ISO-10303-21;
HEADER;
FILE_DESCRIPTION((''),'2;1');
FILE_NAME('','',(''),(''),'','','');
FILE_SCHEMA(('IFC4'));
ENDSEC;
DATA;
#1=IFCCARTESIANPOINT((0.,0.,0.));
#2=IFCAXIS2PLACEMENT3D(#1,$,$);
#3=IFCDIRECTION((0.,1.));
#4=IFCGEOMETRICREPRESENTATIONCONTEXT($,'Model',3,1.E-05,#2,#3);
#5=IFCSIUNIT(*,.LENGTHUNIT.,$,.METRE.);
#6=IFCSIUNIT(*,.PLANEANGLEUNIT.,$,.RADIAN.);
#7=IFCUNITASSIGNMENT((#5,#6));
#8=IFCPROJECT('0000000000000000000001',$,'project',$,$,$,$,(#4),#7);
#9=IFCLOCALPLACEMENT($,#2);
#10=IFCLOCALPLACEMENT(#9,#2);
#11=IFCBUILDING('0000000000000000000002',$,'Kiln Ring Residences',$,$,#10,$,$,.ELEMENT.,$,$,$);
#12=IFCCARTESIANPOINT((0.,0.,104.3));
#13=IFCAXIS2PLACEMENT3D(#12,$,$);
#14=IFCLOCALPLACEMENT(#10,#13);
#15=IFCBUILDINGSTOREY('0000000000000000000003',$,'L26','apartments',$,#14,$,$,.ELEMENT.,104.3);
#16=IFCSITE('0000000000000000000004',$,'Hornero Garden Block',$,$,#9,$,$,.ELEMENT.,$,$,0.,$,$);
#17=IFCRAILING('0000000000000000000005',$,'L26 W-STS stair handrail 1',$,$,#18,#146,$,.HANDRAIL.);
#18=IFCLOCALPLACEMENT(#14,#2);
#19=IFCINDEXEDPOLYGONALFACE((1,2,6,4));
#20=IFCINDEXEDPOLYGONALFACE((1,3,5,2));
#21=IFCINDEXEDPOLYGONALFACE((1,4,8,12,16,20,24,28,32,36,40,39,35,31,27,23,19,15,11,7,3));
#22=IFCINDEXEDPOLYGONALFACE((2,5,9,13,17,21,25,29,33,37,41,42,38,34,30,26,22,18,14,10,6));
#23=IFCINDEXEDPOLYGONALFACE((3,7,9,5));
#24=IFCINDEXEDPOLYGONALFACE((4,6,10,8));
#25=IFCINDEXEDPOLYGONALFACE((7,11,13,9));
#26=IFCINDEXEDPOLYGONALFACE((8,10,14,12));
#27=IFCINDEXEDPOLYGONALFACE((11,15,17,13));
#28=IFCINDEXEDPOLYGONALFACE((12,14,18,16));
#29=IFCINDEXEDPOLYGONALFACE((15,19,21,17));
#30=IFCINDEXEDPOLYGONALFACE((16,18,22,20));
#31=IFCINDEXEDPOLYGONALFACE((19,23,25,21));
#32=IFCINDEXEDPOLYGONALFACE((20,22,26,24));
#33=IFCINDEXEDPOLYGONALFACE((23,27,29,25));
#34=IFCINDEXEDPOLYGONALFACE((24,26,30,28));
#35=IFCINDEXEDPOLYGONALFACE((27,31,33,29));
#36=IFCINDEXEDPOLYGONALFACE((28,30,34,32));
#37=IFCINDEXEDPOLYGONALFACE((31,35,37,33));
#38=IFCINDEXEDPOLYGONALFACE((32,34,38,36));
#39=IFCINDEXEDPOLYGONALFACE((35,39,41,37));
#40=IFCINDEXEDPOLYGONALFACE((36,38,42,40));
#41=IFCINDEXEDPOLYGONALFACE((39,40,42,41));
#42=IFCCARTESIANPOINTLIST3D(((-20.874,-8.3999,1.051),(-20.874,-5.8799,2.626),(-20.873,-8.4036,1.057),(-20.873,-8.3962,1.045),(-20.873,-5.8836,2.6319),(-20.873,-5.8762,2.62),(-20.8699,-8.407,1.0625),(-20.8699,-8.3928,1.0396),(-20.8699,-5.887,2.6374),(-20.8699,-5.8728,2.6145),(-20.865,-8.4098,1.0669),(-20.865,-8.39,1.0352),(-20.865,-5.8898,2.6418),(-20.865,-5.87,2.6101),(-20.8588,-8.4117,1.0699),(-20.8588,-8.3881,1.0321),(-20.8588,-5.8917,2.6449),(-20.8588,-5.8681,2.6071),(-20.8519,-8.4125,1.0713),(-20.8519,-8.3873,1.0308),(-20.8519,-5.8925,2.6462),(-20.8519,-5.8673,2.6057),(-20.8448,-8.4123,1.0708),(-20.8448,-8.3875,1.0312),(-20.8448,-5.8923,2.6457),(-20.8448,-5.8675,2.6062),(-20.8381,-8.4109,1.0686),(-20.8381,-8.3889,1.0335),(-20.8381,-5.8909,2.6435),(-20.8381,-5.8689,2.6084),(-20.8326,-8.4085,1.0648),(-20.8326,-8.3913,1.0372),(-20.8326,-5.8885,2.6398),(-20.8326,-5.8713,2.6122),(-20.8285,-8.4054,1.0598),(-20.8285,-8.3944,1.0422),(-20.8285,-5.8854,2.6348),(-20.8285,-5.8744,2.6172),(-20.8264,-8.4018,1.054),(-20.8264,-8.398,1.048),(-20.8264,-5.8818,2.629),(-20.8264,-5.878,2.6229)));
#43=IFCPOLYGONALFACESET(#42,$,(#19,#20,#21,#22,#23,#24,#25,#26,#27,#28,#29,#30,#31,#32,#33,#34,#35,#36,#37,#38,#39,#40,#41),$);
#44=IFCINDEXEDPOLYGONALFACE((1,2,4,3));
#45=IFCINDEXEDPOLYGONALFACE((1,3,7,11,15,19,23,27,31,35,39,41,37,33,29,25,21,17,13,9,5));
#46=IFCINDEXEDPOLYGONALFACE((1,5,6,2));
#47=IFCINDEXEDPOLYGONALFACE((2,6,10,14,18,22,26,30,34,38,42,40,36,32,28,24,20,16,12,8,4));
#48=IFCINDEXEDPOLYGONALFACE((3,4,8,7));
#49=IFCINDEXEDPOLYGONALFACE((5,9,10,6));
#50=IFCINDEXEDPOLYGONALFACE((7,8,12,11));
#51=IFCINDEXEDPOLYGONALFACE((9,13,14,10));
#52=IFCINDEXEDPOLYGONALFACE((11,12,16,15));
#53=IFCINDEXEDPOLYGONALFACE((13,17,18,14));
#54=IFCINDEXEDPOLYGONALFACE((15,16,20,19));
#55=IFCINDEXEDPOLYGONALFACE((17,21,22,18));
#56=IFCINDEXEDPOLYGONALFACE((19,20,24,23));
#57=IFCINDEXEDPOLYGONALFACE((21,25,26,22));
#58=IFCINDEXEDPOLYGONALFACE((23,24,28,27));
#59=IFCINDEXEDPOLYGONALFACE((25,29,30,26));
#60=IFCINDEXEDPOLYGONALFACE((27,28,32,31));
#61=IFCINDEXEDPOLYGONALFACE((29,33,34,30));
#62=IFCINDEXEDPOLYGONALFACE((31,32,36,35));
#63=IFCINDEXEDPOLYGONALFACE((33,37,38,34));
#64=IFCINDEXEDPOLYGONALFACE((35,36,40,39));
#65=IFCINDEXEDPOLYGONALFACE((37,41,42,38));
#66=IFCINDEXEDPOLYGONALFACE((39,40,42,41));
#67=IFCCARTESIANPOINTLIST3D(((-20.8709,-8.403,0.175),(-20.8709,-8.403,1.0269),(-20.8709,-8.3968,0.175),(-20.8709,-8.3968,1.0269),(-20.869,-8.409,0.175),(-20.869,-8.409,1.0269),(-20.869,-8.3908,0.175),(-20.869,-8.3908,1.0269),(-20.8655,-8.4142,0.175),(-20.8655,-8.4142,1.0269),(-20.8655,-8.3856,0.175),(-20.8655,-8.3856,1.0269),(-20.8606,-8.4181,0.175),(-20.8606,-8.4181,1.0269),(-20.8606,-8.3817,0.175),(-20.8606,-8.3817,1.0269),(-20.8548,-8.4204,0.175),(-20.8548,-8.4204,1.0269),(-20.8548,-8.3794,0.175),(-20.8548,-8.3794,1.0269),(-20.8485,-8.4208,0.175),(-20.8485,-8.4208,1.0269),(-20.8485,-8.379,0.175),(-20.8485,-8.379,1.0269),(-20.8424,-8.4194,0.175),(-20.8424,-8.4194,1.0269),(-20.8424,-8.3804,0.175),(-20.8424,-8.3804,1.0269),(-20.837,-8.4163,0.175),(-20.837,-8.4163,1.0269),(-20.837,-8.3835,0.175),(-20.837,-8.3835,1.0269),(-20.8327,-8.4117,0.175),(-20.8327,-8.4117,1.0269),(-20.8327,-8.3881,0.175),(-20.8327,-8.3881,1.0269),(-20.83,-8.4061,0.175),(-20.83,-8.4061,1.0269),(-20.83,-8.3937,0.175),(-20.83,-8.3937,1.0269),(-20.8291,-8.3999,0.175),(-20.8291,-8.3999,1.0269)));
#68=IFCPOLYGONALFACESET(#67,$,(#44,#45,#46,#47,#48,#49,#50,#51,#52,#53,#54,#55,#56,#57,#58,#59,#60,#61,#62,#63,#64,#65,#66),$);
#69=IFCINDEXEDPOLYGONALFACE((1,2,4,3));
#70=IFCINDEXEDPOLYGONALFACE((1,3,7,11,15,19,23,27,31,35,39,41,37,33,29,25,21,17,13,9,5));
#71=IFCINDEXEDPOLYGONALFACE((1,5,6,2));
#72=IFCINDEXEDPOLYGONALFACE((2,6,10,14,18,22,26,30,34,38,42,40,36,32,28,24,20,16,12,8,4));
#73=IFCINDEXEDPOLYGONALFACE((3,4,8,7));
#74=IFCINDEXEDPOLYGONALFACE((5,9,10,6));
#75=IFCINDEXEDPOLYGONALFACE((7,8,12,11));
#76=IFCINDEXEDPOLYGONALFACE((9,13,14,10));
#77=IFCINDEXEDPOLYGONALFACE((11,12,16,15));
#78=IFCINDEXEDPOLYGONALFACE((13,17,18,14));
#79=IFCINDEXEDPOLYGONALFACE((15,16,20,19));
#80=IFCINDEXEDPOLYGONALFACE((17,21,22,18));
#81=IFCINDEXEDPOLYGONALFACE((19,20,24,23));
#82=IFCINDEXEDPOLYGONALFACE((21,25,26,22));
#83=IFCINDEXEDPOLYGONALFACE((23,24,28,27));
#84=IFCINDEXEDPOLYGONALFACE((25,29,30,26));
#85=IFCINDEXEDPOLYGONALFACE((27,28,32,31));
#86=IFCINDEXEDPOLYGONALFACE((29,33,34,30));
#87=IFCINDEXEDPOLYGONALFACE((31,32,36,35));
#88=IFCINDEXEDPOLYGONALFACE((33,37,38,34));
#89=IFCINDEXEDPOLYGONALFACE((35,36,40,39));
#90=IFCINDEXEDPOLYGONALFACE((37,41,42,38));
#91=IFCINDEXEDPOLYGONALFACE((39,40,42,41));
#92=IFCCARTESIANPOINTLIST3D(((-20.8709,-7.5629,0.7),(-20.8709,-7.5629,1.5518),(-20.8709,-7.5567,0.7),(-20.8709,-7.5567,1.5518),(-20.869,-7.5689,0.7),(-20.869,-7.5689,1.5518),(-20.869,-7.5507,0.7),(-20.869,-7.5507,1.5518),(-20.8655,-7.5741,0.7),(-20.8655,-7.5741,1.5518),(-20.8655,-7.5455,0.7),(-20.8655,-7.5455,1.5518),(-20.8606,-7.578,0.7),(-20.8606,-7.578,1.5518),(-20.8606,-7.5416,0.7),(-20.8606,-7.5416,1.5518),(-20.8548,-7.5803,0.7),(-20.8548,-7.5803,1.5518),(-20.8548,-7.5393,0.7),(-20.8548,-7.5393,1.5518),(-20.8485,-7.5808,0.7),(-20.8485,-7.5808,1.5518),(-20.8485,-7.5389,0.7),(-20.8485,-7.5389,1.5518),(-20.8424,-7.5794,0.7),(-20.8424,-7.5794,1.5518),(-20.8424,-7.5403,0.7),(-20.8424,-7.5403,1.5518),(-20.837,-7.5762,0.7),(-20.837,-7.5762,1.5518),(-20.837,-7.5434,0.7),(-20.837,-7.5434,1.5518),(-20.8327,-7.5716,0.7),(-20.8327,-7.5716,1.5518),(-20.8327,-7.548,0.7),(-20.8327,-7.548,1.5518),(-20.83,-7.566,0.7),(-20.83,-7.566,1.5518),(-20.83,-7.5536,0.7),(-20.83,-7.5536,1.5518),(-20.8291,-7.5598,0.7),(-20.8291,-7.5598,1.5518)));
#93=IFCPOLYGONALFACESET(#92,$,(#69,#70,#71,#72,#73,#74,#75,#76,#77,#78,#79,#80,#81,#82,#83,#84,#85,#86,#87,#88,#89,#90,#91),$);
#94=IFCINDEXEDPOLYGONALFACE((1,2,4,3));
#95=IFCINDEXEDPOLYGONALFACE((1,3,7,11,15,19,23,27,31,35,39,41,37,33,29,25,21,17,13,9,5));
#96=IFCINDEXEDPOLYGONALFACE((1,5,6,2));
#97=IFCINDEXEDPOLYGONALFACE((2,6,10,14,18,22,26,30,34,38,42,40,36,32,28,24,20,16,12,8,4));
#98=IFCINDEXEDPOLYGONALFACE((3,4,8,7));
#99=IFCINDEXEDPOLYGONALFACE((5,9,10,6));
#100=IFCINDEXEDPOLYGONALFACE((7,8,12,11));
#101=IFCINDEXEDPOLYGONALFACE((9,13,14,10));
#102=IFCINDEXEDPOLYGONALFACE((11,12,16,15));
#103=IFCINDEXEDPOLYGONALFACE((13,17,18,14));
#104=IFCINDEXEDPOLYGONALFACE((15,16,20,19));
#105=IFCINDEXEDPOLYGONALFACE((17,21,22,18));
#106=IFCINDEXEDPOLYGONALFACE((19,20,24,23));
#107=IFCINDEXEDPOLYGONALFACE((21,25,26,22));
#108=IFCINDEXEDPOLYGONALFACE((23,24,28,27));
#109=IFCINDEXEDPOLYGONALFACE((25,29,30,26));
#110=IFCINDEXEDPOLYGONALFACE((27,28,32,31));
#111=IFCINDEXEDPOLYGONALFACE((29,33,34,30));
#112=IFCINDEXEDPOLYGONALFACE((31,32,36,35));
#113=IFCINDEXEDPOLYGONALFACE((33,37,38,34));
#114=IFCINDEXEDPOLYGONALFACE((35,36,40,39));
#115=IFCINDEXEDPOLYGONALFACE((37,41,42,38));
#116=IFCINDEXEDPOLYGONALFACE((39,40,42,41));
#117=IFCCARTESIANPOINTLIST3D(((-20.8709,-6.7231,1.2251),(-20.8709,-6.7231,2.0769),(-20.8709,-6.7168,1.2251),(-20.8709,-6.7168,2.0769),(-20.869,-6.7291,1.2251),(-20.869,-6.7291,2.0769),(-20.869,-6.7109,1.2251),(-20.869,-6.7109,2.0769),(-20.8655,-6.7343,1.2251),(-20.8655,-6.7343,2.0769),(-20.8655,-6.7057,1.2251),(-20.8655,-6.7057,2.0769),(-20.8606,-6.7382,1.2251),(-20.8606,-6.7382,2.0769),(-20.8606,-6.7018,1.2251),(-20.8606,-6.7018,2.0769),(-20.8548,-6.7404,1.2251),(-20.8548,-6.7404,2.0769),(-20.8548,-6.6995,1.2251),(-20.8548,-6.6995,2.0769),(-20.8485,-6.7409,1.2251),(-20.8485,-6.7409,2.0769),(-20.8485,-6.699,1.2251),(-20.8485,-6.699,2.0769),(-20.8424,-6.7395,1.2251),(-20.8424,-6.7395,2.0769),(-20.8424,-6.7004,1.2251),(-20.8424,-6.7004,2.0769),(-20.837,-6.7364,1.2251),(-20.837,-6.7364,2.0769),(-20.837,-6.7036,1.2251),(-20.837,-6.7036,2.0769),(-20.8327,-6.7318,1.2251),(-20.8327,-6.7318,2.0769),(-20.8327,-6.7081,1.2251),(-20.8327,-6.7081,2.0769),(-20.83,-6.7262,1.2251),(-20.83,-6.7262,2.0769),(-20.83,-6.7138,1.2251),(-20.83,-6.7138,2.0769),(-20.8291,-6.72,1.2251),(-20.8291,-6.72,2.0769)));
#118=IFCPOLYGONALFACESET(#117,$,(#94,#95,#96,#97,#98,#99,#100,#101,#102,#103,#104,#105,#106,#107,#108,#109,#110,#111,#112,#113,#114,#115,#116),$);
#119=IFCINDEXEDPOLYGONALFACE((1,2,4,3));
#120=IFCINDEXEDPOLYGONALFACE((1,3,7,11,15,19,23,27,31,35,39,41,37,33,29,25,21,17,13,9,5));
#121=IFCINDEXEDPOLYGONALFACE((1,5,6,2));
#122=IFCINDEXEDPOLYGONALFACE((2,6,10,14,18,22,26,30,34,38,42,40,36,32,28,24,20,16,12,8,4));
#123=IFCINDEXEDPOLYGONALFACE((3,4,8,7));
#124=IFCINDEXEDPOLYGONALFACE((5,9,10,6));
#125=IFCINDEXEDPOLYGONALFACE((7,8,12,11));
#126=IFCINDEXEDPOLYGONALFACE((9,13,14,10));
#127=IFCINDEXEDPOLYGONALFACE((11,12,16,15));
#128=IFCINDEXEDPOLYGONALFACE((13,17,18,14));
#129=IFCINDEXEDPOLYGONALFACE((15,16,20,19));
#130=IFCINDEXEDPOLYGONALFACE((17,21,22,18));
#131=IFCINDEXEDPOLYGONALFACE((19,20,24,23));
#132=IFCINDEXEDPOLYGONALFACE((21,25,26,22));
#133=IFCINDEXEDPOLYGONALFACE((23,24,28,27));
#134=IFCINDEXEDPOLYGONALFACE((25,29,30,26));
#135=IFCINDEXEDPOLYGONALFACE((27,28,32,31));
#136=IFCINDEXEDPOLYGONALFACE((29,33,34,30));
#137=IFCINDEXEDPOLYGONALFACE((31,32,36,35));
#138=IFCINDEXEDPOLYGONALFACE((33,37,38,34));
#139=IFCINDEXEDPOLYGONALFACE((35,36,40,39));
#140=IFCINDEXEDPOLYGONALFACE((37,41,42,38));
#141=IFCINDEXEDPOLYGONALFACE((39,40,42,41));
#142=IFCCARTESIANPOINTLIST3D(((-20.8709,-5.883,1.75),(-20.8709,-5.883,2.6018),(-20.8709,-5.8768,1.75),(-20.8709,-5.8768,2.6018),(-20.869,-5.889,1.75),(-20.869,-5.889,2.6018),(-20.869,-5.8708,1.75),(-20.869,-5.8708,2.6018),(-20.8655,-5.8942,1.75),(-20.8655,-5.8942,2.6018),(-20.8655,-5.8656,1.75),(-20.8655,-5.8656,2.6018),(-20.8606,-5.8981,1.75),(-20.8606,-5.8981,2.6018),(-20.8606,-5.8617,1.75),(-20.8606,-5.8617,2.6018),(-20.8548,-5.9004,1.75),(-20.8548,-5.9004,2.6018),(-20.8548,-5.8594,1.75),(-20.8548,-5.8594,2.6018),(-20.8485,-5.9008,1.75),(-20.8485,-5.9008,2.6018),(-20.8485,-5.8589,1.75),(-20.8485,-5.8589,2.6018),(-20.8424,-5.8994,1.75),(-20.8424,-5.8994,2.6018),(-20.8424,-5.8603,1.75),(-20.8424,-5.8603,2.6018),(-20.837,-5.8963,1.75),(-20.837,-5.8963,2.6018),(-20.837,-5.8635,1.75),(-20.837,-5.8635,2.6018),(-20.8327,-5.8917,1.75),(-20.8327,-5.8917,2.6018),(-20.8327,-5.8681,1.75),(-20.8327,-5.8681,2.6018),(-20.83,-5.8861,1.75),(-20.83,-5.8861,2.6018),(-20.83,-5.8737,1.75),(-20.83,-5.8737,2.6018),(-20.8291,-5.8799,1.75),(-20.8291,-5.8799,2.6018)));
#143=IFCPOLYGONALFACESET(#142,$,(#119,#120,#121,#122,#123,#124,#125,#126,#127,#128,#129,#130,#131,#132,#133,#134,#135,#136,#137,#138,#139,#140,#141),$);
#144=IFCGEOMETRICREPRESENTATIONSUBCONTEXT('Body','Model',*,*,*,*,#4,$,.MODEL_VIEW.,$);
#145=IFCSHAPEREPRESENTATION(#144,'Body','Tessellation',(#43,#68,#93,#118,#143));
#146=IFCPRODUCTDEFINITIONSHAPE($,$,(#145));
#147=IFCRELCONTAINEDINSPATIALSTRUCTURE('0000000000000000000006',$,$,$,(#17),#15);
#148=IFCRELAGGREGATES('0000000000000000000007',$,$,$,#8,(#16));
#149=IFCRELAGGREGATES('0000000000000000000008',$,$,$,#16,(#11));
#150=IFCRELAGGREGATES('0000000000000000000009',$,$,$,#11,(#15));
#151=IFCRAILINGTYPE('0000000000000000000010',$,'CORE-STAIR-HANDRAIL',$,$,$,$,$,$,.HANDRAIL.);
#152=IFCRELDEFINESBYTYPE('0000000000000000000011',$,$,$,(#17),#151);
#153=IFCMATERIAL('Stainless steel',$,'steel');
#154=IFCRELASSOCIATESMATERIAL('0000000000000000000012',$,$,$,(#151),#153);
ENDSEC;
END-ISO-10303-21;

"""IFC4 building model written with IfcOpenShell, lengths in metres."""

from ifc_helpers import new_model, si_unit, direction, frame, origin, origin_2d, place, context, subcontext, project, spatial, circle, extrude, material, type_object, element, save


model = new_model("IFC4")

# Units and contexts
model_context = context("Model", 3, precision=1e-05, world=origin(), true_north=direction((0.0, 1.0)))
body_context = subcontext(model_context, "Body", "Model", "MODEL_VIEW")
ifc_project = project(units=[si_unit("LENGTHUNIT", "METRE"), si_unit("PLANEANGLEUNIT", "RADIAN")], contexts=[model_context])

# Site, building, storey
site_placement = place(None, origin())
site = spatial("IfcSite", under=ifc_project, at=site_placement, Name="Hornero Garden Block", CompositionType="ELEMENT", RefElevation=0.0)
building_placement = place(site_placement, origin())
building = spatial("IfcBuilding", under=site, at=building_placement, Name="Kiln Ring Residences", CompositionType="ELEMENT")
storey_placement = place(building_placement, frame((0.0, 0.0, 104.3)))
storey = spatial("IfcBuildingStorey", under=building, at=storey_placement, Name="L26", Description="apartments", CompositionType="ELEMENT", Elevation=104.3)

# Railing
ifc_material_1 = material(Name="Stainless steel", Category="steel")
railing_type_1 = type_object("IfcRailingType", Name="CORE-STAIR-HANDRAIL", PredefinedType="HANDRAIL", material=ifc_material_1)
railing_1_placement = place(storey_placement, frame((-20.8501, -8.3999, 0.175)))
element("IfcRailing", 1, at=railing_1_placement, inside=storey, type_object=railing_type_1, Name="L26 W-STS stair handrail 1", PredefinedType="HANDRAIL", context=body_context, shape_type="SweptSolid", body=[
    extrude(circle(Radius=0.0239, at=origin_2d()), frame((0.0, 0.0, 0.876), z_axis=(0.0, 0.848008, 0.529984), x_axis=(-1.0, 0.0, 0.0)), (0.0, 0.0, 1.0), 2.9717),
    extrude(circle(Radius=0.021, at=origin_2d()), origin(), (0.0, 0.0, 1.0), 0.8518),
    extrude(circle(Radius=0.021, at=origin_2d()), frame((0.0, 0.8401, 0.5249)), (0.0, 0.0, 1.0), 0.8518),
    extrude(circle(Radius=0.021, at=origin_2d()), frame((0.0, 1.6799, 1.05)), (0.0, 0.0, 1.0), 0.8518),
    extrude(circle(Radius=0.021, at=origin_2d()), frame((0.0, 2.52, 1.575)), (0.0, 0.0, 1.0), 0.8518),
])

save(model, "model.ifc")
